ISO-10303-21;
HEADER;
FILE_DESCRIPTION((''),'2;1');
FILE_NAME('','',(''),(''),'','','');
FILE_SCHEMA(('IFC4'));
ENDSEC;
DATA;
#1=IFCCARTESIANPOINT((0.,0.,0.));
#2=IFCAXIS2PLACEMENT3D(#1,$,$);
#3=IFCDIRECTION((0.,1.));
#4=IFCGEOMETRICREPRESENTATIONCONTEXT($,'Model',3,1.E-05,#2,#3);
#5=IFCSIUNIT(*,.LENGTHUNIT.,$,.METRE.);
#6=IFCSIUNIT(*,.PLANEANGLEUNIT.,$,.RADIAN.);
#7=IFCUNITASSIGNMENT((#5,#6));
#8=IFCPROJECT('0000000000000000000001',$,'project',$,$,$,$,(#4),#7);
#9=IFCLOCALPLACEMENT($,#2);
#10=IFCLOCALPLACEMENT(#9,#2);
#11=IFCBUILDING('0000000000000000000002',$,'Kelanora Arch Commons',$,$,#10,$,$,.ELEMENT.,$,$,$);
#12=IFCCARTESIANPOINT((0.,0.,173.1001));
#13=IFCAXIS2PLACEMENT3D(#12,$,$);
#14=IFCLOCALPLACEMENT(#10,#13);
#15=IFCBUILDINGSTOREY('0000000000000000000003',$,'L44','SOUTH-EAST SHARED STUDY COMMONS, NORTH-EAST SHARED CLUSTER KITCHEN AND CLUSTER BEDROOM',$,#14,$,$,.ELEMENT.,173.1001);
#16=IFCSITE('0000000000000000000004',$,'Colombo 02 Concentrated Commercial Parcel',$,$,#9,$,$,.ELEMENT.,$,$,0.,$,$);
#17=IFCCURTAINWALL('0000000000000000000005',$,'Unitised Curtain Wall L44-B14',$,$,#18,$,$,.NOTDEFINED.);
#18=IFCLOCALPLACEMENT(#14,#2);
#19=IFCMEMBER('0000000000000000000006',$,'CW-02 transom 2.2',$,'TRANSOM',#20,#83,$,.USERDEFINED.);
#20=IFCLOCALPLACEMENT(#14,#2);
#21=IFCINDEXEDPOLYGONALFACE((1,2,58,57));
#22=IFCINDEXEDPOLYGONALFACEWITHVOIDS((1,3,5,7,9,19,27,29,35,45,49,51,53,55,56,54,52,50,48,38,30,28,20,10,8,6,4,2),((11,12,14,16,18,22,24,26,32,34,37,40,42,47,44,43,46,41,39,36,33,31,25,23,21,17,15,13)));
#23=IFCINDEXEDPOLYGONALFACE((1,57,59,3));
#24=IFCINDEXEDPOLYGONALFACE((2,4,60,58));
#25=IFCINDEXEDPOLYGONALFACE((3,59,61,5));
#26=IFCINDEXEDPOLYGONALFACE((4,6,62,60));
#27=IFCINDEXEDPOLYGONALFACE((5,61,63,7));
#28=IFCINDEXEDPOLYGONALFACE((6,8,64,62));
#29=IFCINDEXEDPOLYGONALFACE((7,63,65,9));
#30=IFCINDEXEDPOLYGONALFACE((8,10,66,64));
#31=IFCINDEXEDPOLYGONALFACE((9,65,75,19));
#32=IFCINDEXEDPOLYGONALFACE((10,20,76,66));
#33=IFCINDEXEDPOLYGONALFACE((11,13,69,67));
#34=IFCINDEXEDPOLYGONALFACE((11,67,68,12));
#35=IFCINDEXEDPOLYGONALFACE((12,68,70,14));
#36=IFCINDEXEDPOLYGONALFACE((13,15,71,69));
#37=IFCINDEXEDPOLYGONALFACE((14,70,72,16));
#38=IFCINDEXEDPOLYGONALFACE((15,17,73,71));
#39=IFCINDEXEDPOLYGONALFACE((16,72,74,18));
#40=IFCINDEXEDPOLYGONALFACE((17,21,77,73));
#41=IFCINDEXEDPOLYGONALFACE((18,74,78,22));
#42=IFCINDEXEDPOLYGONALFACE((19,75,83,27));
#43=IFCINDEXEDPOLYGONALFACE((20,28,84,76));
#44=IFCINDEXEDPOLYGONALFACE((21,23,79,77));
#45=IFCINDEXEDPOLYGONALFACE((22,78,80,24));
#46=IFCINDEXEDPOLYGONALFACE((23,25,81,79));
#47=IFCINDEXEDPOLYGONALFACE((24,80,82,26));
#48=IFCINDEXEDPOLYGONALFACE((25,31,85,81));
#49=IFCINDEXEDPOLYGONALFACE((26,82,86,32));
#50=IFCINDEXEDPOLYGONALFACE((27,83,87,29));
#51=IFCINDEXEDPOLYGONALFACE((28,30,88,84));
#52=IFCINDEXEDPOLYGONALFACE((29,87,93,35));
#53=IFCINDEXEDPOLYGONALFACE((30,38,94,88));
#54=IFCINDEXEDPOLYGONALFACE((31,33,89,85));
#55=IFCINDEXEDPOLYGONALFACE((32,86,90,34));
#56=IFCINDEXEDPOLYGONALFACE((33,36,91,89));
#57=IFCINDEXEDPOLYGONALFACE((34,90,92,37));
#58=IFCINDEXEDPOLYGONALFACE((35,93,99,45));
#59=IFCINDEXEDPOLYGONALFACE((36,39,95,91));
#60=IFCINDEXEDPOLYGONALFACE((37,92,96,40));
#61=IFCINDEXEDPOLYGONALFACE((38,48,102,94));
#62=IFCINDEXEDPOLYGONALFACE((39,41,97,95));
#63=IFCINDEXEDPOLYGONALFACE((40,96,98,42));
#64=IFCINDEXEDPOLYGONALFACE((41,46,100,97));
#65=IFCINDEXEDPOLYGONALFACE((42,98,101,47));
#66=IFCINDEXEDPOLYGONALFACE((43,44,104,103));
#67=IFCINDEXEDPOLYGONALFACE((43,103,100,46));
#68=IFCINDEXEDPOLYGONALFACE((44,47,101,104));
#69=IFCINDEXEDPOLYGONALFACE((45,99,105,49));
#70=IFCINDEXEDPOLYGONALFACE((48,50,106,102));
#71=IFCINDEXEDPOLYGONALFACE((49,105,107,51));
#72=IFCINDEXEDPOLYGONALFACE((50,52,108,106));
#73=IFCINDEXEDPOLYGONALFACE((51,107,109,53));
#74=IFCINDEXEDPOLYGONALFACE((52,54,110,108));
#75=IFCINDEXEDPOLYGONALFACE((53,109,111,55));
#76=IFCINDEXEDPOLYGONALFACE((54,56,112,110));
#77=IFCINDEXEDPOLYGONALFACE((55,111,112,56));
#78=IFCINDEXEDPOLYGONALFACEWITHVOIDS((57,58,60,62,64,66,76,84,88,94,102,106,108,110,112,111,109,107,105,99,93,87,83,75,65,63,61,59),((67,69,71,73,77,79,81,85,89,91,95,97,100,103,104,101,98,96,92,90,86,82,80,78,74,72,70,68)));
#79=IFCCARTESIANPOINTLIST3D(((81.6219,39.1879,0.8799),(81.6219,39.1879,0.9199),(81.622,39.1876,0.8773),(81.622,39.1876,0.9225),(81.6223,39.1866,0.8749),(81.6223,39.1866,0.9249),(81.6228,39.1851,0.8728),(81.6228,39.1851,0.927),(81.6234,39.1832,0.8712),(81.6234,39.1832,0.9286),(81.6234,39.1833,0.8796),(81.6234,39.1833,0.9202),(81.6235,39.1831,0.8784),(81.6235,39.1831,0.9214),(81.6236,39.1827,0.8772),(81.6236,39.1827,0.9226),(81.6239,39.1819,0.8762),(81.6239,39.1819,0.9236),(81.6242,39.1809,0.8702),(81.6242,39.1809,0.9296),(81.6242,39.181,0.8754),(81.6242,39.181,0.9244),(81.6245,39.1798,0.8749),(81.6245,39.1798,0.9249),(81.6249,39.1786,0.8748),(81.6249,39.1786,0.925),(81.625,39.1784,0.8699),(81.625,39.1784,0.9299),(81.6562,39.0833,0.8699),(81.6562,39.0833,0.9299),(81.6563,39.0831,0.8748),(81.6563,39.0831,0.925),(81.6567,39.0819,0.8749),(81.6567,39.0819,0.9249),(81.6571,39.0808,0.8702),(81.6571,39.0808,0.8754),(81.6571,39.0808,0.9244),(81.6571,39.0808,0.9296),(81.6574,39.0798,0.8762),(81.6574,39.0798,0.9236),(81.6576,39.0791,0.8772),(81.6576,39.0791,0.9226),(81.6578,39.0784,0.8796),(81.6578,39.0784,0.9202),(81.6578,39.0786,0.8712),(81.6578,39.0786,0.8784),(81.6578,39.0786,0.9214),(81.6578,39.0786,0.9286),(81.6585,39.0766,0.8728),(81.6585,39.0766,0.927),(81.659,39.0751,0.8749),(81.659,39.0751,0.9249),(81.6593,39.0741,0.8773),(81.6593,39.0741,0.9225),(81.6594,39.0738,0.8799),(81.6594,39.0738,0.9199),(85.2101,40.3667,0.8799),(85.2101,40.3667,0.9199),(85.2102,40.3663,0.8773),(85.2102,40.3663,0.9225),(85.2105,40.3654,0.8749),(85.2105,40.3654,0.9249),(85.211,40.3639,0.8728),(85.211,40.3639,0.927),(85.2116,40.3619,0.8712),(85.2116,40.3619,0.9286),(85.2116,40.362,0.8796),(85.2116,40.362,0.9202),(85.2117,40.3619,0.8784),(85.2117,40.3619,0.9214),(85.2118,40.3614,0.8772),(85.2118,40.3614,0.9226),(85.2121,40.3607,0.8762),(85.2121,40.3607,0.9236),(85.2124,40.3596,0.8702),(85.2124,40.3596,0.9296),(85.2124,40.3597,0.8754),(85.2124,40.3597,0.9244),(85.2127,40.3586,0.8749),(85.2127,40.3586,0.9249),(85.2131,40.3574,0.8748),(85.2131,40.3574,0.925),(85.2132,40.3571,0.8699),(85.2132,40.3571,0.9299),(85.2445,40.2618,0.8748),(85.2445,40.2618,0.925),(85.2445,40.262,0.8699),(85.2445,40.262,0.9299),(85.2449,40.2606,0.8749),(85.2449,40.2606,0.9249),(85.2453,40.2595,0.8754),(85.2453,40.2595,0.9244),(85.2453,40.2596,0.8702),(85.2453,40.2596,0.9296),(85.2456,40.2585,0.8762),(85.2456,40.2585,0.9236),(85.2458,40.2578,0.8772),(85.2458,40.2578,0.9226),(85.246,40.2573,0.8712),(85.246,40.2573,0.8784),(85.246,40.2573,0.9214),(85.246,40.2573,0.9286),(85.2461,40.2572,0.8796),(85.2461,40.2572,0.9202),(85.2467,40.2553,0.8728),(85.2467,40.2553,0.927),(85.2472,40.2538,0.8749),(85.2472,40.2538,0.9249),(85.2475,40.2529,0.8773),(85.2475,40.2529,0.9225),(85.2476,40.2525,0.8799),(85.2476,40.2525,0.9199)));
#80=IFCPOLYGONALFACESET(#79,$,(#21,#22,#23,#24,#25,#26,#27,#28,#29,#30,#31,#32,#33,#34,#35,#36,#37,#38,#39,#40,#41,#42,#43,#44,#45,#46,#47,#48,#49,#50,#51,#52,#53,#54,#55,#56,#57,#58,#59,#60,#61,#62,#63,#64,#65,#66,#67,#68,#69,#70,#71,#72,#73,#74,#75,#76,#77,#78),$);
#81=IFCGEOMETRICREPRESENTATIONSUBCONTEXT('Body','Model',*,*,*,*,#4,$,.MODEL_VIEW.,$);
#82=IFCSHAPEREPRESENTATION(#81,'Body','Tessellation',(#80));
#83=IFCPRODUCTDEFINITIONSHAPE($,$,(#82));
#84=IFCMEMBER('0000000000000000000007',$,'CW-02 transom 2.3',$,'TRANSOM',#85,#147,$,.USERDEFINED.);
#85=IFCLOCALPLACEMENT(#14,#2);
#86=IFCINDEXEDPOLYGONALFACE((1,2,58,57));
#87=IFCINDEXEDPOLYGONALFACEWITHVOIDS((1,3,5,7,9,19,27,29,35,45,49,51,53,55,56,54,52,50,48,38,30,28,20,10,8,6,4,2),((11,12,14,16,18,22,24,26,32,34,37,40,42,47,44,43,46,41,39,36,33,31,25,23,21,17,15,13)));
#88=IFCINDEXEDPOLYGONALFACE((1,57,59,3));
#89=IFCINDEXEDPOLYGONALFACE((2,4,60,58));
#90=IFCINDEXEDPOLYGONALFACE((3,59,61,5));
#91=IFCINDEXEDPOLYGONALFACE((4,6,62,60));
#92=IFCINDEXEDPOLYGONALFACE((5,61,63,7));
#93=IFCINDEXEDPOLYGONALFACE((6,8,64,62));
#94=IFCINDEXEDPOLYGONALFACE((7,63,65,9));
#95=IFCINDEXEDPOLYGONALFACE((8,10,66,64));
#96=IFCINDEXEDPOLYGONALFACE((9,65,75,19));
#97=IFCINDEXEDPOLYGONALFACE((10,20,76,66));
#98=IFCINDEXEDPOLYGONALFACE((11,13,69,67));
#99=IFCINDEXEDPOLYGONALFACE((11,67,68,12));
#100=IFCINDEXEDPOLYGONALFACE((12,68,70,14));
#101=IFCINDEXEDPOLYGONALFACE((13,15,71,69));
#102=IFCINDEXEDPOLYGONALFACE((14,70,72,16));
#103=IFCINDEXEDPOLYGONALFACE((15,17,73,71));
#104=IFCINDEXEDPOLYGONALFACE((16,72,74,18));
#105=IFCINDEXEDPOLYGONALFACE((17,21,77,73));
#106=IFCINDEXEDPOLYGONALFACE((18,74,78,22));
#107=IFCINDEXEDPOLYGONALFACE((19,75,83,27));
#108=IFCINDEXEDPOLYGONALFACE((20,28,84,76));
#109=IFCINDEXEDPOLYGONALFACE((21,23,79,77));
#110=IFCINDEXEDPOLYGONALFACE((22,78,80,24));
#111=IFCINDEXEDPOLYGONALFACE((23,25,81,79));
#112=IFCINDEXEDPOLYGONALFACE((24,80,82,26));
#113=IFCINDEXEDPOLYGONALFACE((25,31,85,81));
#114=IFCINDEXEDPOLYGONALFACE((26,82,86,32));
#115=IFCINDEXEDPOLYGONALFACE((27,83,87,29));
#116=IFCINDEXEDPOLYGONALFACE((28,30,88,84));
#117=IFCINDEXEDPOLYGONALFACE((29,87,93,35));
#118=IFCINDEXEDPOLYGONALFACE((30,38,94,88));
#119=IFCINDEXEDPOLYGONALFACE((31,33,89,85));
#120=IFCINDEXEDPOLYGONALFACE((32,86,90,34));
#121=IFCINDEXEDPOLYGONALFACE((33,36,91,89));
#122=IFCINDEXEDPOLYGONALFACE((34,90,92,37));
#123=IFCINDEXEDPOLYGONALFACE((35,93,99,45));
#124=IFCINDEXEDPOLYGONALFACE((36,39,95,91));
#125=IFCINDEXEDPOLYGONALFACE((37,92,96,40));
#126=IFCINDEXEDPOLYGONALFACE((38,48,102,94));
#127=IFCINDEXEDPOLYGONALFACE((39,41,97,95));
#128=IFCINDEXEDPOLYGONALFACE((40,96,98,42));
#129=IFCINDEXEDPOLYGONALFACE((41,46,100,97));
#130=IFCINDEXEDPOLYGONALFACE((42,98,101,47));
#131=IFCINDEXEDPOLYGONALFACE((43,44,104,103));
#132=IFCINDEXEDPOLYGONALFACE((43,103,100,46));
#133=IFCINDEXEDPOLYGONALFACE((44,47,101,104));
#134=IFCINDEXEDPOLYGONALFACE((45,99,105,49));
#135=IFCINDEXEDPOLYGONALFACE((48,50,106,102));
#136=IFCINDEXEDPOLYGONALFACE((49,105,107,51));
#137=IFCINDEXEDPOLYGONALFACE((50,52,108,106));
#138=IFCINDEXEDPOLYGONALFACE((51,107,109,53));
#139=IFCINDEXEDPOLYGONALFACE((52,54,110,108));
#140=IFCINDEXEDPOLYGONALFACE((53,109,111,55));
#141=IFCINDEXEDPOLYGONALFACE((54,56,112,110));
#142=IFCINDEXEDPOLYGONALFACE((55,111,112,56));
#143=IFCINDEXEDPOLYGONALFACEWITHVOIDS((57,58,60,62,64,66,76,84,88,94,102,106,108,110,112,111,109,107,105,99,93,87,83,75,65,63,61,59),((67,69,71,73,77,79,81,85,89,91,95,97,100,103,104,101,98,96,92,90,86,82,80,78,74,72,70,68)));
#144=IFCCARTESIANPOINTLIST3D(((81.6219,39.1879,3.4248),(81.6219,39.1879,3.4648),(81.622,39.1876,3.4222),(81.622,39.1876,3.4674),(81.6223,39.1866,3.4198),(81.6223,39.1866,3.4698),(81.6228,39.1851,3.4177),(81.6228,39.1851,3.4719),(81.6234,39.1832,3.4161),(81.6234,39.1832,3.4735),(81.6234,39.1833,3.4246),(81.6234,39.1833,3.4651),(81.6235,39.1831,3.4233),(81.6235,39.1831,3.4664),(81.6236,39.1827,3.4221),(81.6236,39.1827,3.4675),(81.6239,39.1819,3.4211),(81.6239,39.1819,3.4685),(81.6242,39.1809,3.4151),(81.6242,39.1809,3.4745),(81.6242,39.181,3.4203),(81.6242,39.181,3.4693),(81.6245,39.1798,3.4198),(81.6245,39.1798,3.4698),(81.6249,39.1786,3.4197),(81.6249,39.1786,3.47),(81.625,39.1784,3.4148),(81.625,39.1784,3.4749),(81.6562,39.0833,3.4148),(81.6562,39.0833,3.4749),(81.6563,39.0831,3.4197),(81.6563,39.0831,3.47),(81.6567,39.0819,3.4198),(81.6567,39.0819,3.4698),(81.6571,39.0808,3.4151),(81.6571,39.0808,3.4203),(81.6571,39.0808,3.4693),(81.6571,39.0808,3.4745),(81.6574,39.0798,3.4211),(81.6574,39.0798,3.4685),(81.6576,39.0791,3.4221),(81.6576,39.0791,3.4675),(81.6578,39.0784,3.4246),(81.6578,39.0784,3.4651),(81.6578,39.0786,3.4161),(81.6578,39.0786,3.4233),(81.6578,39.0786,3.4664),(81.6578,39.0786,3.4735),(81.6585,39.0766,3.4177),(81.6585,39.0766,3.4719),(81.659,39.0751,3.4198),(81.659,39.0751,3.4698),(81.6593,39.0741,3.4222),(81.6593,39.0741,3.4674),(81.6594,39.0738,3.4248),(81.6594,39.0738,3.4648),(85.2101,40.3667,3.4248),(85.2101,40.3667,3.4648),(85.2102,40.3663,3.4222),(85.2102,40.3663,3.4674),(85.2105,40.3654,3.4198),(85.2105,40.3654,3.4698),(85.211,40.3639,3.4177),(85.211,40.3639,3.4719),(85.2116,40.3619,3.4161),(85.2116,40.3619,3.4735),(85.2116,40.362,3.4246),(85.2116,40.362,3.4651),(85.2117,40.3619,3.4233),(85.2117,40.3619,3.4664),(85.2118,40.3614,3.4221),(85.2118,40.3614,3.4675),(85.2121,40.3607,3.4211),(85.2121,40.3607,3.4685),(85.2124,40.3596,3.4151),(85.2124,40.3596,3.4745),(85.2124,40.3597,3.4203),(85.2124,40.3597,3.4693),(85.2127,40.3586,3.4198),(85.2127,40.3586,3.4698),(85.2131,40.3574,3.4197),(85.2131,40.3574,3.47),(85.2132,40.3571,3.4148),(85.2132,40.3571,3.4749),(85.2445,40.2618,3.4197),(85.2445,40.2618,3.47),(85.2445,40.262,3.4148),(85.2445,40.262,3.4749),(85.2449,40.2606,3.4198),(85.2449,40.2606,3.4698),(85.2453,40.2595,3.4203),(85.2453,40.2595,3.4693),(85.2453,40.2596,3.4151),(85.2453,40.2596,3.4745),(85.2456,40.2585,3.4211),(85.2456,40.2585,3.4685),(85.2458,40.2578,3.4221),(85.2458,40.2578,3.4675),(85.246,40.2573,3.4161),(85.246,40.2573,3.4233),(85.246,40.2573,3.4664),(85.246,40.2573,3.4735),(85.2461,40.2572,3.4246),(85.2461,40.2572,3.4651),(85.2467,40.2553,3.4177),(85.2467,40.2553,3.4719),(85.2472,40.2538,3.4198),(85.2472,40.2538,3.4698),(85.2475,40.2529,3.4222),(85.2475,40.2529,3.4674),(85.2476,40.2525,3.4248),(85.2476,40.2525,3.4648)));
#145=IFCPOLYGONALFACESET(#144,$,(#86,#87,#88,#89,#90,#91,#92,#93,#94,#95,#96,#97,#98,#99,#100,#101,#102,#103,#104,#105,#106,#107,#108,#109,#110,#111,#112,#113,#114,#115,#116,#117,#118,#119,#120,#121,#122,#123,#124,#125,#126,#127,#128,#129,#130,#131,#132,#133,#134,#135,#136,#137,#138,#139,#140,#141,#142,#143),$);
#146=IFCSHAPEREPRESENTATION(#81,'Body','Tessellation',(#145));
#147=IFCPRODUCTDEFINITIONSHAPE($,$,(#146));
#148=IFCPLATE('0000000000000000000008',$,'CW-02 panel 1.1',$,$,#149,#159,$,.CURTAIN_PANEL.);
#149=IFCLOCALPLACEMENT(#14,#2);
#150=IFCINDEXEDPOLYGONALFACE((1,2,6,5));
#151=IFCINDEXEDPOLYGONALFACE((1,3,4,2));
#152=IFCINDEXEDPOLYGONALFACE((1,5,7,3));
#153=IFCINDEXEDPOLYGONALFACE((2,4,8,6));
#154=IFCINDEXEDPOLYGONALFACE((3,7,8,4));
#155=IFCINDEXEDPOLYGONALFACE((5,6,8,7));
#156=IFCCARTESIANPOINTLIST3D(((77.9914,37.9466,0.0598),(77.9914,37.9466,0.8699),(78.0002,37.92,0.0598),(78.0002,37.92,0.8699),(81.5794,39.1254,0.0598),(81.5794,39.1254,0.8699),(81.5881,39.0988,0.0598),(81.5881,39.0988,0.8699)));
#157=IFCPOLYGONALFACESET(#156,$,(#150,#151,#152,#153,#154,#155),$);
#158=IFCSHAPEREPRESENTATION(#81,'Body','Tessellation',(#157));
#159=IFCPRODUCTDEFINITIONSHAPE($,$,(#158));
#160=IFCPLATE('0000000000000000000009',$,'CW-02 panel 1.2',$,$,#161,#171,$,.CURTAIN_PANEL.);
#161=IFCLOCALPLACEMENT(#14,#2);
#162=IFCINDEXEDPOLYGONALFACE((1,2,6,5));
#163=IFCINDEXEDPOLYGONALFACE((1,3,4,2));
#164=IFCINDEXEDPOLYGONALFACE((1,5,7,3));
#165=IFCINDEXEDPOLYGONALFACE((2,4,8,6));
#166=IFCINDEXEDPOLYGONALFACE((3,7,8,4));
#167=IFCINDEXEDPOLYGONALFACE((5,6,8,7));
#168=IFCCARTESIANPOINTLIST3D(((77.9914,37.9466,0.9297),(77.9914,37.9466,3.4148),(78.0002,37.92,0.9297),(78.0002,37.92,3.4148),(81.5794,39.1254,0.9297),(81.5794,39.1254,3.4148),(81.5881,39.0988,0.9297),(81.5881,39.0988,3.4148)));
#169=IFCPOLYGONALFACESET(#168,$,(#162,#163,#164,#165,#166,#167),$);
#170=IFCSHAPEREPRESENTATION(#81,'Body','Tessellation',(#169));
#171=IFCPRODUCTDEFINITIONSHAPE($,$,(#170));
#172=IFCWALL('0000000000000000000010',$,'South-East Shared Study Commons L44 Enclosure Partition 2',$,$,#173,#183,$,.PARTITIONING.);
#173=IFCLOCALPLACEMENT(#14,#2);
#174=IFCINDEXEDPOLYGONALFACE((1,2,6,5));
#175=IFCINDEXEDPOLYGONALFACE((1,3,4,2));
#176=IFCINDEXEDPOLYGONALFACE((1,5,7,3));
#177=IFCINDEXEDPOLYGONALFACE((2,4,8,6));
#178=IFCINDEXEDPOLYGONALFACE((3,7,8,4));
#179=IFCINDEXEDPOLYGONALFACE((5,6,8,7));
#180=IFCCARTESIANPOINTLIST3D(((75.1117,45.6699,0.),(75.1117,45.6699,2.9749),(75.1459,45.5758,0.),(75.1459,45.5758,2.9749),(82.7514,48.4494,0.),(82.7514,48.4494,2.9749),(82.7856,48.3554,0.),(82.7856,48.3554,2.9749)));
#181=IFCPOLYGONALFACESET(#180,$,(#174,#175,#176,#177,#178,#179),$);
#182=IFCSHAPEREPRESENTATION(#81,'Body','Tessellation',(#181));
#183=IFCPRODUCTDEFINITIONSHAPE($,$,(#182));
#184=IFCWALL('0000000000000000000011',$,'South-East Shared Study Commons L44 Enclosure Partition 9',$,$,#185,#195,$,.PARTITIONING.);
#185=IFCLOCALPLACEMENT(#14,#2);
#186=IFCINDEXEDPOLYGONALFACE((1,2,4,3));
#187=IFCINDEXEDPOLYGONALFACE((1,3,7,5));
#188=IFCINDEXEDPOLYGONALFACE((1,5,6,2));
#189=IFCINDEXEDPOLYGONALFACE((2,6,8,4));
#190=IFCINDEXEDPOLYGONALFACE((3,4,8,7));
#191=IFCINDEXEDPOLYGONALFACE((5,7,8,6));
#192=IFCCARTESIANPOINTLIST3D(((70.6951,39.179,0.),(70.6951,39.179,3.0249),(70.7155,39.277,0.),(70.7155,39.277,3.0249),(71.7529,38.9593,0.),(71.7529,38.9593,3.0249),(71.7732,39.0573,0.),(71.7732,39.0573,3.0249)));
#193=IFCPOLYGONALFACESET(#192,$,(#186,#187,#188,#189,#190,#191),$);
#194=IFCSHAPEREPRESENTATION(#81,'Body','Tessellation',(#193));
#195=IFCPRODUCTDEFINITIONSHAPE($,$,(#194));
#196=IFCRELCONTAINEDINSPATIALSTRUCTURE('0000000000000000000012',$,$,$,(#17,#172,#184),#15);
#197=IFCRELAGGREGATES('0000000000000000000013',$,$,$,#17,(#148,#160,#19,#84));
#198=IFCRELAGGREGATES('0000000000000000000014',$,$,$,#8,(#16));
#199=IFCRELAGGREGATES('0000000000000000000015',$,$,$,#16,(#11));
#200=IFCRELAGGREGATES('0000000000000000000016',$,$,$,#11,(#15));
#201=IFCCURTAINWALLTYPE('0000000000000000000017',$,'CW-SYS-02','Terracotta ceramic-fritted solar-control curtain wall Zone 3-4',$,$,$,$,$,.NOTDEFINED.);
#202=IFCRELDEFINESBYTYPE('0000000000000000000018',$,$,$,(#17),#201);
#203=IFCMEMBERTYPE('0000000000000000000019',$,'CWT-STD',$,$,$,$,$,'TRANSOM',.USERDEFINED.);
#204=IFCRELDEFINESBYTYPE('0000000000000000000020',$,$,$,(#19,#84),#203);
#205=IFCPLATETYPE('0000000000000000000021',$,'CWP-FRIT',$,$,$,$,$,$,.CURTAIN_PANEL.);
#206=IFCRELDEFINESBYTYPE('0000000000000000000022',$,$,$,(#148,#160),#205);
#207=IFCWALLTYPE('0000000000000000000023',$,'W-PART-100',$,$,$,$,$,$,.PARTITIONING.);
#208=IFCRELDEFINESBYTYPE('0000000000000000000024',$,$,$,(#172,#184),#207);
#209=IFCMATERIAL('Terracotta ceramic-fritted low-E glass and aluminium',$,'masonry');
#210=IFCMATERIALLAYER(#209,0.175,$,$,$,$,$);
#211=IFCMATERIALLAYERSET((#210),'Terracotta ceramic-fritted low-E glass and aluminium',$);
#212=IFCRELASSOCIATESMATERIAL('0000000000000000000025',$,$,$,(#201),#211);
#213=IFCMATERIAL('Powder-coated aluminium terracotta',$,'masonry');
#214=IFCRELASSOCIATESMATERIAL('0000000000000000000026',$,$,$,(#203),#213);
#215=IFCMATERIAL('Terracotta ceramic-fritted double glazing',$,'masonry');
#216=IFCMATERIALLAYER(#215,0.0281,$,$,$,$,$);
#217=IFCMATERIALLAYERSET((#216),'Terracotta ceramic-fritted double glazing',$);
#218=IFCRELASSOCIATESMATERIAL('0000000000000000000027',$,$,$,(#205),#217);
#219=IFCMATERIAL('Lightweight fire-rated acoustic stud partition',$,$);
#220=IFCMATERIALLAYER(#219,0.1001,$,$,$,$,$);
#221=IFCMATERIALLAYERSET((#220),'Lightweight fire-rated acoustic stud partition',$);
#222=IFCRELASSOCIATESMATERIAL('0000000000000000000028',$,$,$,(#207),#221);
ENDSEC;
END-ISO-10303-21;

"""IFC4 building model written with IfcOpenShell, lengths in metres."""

from ifc_helpers import new_model, si_unit, direction, frame, frame_2d, origin, origin_2d, place, context, subcontext, project, spatial, rectangle, hollow_rectangle, extrude, source, transform, mapped, material, layer, layer_set, material_profile, profile_set, type_object, element, aggregate, save


model = new_model("IFC4")

# Units and contexts
model_context = context("Model", 3, precision=1e-05, world=origin(), true_north=direction((0.0, 1.0)))
body_context = subcontext(model_context, "Body", "Model", "MODEL_VIEW")
ifc_project = project(units=[si_unit("LENGTHUNIT", "METRE"), si_unit("PLANEANGLEUNIT", "RADIAN")], contexts=[model_context])

# Site, building, storey
site_placement = place(None, origin())
site = spatial("IfcSite", under=ifc_project, at=site_placement, Name="Colombo 02 Concentrated Commercial Parcel", CompositionType="ELEMENT", RefElevation=0.0)
building_placement = place(site_placement, origin())
building = spatial("IfcBuilding", under=site, at=building_placement, Name="Kelanora Arch Commons", CompositionType="ELEMENT")
storey_placement = place(building_placement, frame((0.0, 0.0, 173.1001)))
storey = spatial("IfcBuildingStorey", under=building, at=storey_placement, Name="L44", Description="SOUTH-EAST SHARED STUDY COMMONS, NORTH-EAST SHARED CLUSTER KITCHEN AND CLUSTER BEDROOM", CompositionType="ELEMENT", Elevation=173.1001)

# Curtain wall, members, plates
ifc_material_1 = material(Name="Terracotta ceramic-fritted low-E glass and aluminium", Category="masonry")
ifc_layer_1 = layer(ifc_material_1, 0.175)
ifc_layer_set_1 = layer_set([ifc_layer_1], Name="Terracotta ceramic-fritted low-E glass and aluminium")
curtain_wall_type = type_object("IfcCurtainWallType", Name="CW-SYS-02", Description="Terracotta ceramic-fritted solar-control curtain wall Zone 3-4", PredefinedType="NOTDEFINED", material=ifc_layer_set_1)
curtain_wall_placement = place(storey_placement, origin())
curtain_wall = element("IfcCurtainWall", 1, at=curtain_wall_placement, inside=storey, type_object=curtain_wall_type, Name="Unitised Curtain Wall L44-B14", PredefinedType="NOTDEFINED")
ifc_material_2 = material(Name="Powder-coated aluminium terracotta", Category="masonry")
ifc_material_profile_1 = material_profile(ifc_material_2, hollow_rectangle(XDim=0.1201, YDim=0.0601, WallThickness=0.0049, InnerFilletRadius=0.0049, OuterFilletRadius=0.01, at=origin_2d()), Name="CWT120x60")
ifc_profile_set_1 = profile_set([ifc_material_profile_1], Name="Powder-coated aluminium terracotta")
member_type_1 = type_object("IfcMemberType", Name="CWT-STD", ElementType="TRANSOM", PredefinedType="USERDEFINED", material=ifc_profile_set_1)
member_1_placement = place(storey_placement, frame((81.6406, 39.1309, 0.8999), z_axis=(0.950051, 0.312094, 0.0), x_axis=(-0.312094, 0.950051, 0.0)))
member_1 = element("IfcMember", 2, at=member_1_placement, type_object=member_type_1, Name="CW-02 transom 2.2", ObjectType="TRANSOM", PredefinedType="USERDEFINED", context=body_context, shape_type="SweptSolid", body=[
    extrude(hollow_rectangle(XDim=0.1201, YDim=0.0601, WallThickness=0.0049, InnerFilletRadius=0.0049, OuterFilletRadius=0.01, at=origin_2d()), origin(), (0.0, 0.0, 1.0), 3.7769),
])
member_2_placement = place(storey_placement, frame((81.6406, 39.1309, 3.4448), z_axis=(0.950051, 0.312094, 0.0), x_axis=(-0.312094, 0.950051, 0.0)))
member_2 = element("IfcMember", 3, at=member_2_placement, type_object=member_type_1, Name="CW-02 transom 2.3", ObjectType="TRANSOM", PredefinedType="USERDEFINED", context=body_context, shape_type="SweptSolid", body=[
    extrude(hollow_rectangle(XDim=0.1201, YDim=0.0601, WallThickness=0.0049, InnerFilletRadius=0.0049, OuterFilletRadius=0.01, at=origin_2d()), origin(), (0.0, 0.0, 1.0), 3.7769),
])
ifc_material_3 = material(Name="Terracotta ceramic-fritted double glazing", Category="masonry")
ifc_layer_2 = layer(ifc_material_3, 0.0281)
ifc_layer_set_2 = layer_set([ifc_layer_2], Name="Terracotta ceramic-fritted double glazing")
plate_type = type_object("IfcPlateType", Name="CWP-FRIT", PredefinedType="CURTAIN_PANEL", material=ifc_layer_set_2)
shared_shape_1 = source(origin(), body_context, "Body", "SweptSolid", [
    extrude(rectangle(XDim=3.7766, YDim=0.0281, at=origin_2d()), origin(), (0.0, 0.0, 1.0), 0.8101),
])
plate_1_placement = place(storey_placement, frame((79.7898, 38.5227, 0.0598), z_axis=(0.0, 0.0, 1.0), x_axis=(0.95004, 0.312128, 0.0)))
plate_1 = element("IfcPlate", 4, at=plate_1_placement, type_object=plate_type, Name="CW-02 panel 1.1", PredefinedType="CURTAIN_PANEL", context=body_context, shape_type="MappedRepresentation", body=[
    mapped(shared_shape_1, transform((0.0, 0.0, 0.0), scale=1.0)),
])
shared_shape_2 = source(origin(), body_context, "Body", "SweptSolid", [
    extrude(rectangle(XDim=3.7766, YDim=0.0281, at=origin_2d()), origin(), (0.0, 0.0, 1.0), 2.4851),
])
plate_2_placement = place(storey_placement, frame((79.7898, 38.5227, 0.9297), z_axis=(0.0, 0.0, 1.0), x_axis=(0.95004, 0.312128, 0.0)))
plate_2 = element("IfcPlate", 5, at=plate_2_placement, type_object=plate_type, Name="CW-02 panel 1.2", PredefinedType="CURTAIN_PANEL", context=body_context, shape_type="MappedRepresentation", body=[
    mapped(shared_shape_2, transform((0.0, 0.0, 0.0), scale=1.0)),
])
aggregate(curtain_wall, [plate_1, plate_2, member_1, member_2])

# Walls
ifc_material_4 = material(Name="Lightweight fire-rated acoustic stud partition")
ifc_layer_3 = layer(ifc_material_4, 0.1001)
ifc_layer_set_3 = layer_set([ifc_layer_3], Name="Lightweight fire-rated acoustic stud partition")
wall_type = type_object("IfcWallType", Name="W-PART-100", PredefinedType="PARTITIONING", material=ifc_layer_set_3)
wall_1_placement = place(storey_placement, frame((75.1287, 45.6228, 0.0), z_axis=(0.0, 0.0, 1.0), x_axis=(0.939735, 0.341905, 0.0)))
element("IfcWall", 6, at=wall_1_placement, inside=storey, type_object=wall_type, Name="South-East Shared Study Commons L44 Enclosure Partition 2", PredefinedType="PARTITIONING", context=body_context, shape_type="SweptSolid", body=[
    extrude(rectangle(XDim=8.1296, YDim=0.1001, at=frame_2d((4.0649, 0.0))), origin(), (0.0, 0.0, 1.0), 2.9749),
])
wall_2_placement = place(storey_placement, frame((71.7629, 39.0083, 0.0), z_axis=(0.0, 0.0, 1.0), x_axis=(-0.979102, 0.203368, 0.0)))
element("IfcWall", 7, at=wall_2_placement, inside=storey, type_object=wall_type, Name="South-East Shared Study Commons L44 Enclosure Partition 9", PredefinedType="PARTITIONING", context=body_context, shape_type="SweptSolid", body=[
    extrude(rectangle(XDim=1.0803, YDim=0.1001, at=frame_2d((0.54, 0.0))), origin(), (0.0, 0.0, 1.0), 3.0249),
])

save(model, "model.ifc")
